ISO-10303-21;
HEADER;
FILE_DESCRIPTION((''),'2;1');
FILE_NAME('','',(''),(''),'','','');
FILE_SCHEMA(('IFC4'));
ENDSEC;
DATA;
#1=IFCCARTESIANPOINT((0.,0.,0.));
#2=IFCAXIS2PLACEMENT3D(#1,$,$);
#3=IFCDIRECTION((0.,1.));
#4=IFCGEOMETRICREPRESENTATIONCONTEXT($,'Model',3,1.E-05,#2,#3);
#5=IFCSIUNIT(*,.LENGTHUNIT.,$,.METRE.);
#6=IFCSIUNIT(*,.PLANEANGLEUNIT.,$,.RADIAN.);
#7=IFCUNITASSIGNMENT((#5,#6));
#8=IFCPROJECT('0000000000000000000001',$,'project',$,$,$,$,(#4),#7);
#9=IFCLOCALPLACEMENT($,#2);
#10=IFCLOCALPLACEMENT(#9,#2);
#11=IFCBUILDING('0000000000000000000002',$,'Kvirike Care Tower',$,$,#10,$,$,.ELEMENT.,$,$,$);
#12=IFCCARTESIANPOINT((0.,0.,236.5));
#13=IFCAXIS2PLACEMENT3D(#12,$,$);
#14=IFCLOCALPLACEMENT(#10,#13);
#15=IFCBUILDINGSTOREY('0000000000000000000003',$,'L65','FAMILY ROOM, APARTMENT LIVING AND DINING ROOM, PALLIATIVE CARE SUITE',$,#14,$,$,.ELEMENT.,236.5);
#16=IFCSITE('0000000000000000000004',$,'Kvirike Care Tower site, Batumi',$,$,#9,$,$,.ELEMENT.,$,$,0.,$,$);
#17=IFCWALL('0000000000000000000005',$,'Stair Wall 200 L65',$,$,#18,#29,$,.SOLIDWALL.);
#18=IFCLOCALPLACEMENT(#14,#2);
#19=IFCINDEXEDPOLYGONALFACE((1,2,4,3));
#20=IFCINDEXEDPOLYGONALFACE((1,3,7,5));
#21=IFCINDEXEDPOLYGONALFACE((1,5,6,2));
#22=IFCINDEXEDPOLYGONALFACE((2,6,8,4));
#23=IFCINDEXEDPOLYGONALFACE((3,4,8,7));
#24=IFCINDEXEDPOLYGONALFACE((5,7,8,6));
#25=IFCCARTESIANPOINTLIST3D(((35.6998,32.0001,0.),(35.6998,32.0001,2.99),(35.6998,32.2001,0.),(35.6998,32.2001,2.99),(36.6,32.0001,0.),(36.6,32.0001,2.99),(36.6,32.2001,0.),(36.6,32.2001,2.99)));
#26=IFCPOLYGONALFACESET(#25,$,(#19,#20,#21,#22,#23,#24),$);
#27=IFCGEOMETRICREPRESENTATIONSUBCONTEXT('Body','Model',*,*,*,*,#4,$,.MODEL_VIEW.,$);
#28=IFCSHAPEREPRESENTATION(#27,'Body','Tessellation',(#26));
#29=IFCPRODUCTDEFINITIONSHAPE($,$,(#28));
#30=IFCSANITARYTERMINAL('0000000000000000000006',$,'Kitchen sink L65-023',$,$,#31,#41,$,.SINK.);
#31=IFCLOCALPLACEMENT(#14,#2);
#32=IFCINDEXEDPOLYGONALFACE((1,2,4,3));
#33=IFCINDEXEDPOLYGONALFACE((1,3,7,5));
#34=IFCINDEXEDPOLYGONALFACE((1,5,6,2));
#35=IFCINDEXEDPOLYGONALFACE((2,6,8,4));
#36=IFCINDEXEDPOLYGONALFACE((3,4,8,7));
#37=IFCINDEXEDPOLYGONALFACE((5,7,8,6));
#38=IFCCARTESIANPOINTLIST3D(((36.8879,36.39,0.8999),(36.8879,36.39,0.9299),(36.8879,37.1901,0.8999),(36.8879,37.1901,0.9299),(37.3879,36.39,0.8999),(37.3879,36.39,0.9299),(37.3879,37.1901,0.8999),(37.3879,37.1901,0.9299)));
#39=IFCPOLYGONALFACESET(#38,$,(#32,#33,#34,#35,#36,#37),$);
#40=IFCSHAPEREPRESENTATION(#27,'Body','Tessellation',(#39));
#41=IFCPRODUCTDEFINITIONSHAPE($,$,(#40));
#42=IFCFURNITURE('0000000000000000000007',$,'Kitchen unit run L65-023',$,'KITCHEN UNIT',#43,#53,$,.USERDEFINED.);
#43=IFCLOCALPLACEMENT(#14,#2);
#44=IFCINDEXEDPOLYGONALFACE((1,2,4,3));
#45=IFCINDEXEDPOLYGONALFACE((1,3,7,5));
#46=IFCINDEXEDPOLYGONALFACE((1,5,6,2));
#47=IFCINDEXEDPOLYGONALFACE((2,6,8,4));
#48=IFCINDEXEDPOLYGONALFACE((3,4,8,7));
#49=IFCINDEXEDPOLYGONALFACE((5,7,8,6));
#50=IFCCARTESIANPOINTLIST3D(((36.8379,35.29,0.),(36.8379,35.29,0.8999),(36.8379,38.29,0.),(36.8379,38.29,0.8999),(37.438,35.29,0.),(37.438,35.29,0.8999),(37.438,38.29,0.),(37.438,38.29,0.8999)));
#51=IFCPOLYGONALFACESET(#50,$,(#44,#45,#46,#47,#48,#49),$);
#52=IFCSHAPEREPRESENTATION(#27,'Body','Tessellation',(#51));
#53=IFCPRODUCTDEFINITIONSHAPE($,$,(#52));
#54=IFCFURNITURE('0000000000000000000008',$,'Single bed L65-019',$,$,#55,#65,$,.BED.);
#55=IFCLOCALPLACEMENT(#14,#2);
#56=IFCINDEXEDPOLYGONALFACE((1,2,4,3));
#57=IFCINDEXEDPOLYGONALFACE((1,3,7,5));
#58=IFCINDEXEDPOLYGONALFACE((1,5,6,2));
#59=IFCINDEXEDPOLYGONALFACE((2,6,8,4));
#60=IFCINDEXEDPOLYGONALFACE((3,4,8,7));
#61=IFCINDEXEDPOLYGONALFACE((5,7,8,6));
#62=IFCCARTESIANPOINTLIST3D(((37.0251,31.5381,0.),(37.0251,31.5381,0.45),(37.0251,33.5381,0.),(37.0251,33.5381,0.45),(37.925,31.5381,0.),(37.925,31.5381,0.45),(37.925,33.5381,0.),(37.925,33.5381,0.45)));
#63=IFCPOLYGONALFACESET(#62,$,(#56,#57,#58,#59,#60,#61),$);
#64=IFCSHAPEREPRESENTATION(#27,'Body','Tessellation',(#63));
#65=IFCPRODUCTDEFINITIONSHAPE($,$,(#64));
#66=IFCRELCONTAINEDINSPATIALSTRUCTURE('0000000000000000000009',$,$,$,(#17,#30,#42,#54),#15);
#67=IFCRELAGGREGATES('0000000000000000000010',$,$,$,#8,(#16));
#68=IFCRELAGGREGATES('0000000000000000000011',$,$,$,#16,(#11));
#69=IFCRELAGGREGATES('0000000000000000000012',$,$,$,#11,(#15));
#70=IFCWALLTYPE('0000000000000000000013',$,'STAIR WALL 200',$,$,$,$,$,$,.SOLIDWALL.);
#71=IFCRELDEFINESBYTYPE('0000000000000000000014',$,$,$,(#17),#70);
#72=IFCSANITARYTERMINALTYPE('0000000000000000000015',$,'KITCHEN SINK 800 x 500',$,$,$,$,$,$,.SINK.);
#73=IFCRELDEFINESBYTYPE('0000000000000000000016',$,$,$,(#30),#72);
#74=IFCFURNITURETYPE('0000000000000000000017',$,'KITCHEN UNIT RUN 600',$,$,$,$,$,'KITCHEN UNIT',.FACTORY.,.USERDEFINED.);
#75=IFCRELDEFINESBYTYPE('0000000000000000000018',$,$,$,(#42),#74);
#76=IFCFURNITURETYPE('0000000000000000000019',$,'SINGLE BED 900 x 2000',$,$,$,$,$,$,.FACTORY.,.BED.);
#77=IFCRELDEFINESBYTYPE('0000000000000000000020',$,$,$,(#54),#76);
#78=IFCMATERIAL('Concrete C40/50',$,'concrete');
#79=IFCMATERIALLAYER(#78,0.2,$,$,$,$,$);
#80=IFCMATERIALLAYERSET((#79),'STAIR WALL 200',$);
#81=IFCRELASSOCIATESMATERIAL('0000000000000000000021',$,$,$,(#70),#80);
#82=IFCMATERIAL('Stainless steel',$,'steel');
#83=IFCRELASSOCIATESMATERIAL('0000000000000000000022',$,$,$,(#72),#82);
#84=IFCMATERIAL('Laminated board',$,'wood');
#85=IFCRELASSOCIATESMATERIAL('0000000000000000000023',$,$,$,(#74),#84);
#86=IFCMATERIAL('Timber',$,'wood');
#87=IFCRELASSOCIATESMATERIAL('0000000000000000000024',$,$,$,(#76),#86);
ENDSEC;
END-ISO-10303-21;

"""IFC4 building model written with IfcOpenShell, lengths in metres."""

from ifc_helpers import new_model, si_unit, direction, frame, frame_2d, origin, origin_2d, place, context, subcontext, project, spatial, rectangle, extrude, material, layer, layer_set, type_object, element, save


model = new_model("IFC4")

# Units and contexts
model_context = context("Model", 3, precision=1e-05, world=origin(), true_north=direction((0.0, 1.0)))
body_context = subcontext(model_context, "Body", "Model", "MODEL_VIEW")
ifc_project = project(units=[si_unit("LENGTHUNIT", "METRE"), si_unit("PLANEANGLEUNIT", "RADIAN")], contexts=[model_context])

# Site, building, storey
site_placement = place(None, origin())
site = spatial("IfcSite", under=ifc_project, at=site_placement, Name="Kvirike Care Tower site, Batumi", CompositionType="ELEMENT", RefElevation=0.0)
building_placement = place(site_placement, origin())
building = spatial("IfcBuilding", under=site, at=building_placement, Name="Kvirike Care Tower", CompositionType="ELEMENT")
storey_placement = place(building_placement, frame((0.0, 0.0, 236.5)))
storey = spatial("IfcBuildingStorey", under=building, at=storey_placement, Name="L65", Description="FAMILY ROOM, APARTMENT LIVING AND DINING ROOM, PALLIATIVE CARE SUITE", CompositionType="ELEMENT", Elevation=236.5)

# Wall
ifc_material_1 = material(Name="Concrete C40/50", Category="concrete")
ifc_layer_1 = layer(ifc_material_1, 0.2)
ifc_layer_set_1 = layer_set([ifc_layer_1], Name="STAIR WALL 200")
wall_type_1 = type_object("IfcWallType", Name="STAIR WALL 200", PredefinedType="SOLIDWALL", material=ifc_layer_set_1)
wall_1_placement = place(storey_placement, frame((36.6001, 32.1001, 0.0), z_axis=(0.0, 0.0, 1.0), x_axis=(-1.0, 0.0, 0.0)))
element("IfcWall", 1, at=wall_1_placement, inside=storey, type_object=wall_type_1, Name="Stair Wall 200 L65", PredefinedType="SOLIDWALL", context=body_context, shape_type="SweptSolid", body=[
    extrude(rectangle(XDim=0.9001, YDim=0.2, at=frame_2d((0.4502, 0.0))), origin(), (0.0, 0.0, 1.0), 2.99),
])

# Sanitary terminal
ifc_material_2 = material(Name="Stainless steel", Category="steel")
sanitary_terminal_type = type_object("IfcSanitaryTerminalType", Name="KITCHEN SINK 800 x 500", PredefinedType="SINK", material=ifc_material_2)
sanitary_terminal_placement = place(storey_placement, frame((37.1379, 36.79, 0.8999), z_axis=(0.0, 0.0, 1.0), x_axis=(0.0, -1.0, 0.0)))
element("IfcSanitaryTerminal", 2, at=sanitary_terminal_placement, inside=storey, type_object=sanitary_terminal_type, Name="Kitchen sink L65-023", PredefinedType="SINK", context=body_context, shape_type="SweptSolid", body=[
    extrude(rectangle(XDim=0.8, YDim=0.5, at=origin_2d()), origin(), (0.0, 0.0, 1.0), 0.03),
])

# Furniture
ifc_material_3 = material(Name="Laminated board", Category="wood")
furniture_type_1 = type_object("IfcFurnitureType", Name="KITCHEN UNIT RUN 600", ElementType="KITCHEN UNIT", AssemblyPlace="FACTORY", PredefinedType="USERDEFINED", material=ifc_material_3)
furniture_1_placement = place(storey_placement, frame((37.1379, 36.79, 0.0), z_axis=(0.0, 0.0, 1.0), x_axis=(0.0, -1.0, 0.0)))
element("IfcFurniture", 3, at=furniture_1_placement, inside=storey, type_object=furniture_type_1, Name="Kitchen unit run L65-023", ObjectType="KITCHEN UNIT", PredefinedType="USERDEFINED", context=body_context, shape_type="SweptSolid", body=[
    extrude(rectangle(XDim=3.0, YDim=0.6001, at=origin_2d()), origin(), (0.0, 0.0, 1.0), 0.8999),
])
ifc_material_4 = material(Name="Timber", Category="wood")
furniture_type_2 = type_object("IfcFurnitureType", Name="SINGLE BED 900 x 2000", AssemblyPlace="FACTORY", PredefinedType="BED", material=ifc_material_4)
furniture_2_placement = place(storey_placement, frame((37.4751, 32.5381, 0.0), z_axis=(0.0, 0.0, 1.0), x_axis=(1.0, 0.0, 0.0)))
element("IfcFurniture", 4, at=furniture_2_placement, inside=storey, type_object=furniture_type_2, Name="Single bed L65-019", PredefinedType="BED", context=body_context, shape_type="SweptSolid", body=[
    extrude(rectangle(XDim=0.8999, YDim=2.0, at=origin_2d()), origin(), (0.0, 0.0, 1.0), 0.45),
])

save(model, "model.ifc")
